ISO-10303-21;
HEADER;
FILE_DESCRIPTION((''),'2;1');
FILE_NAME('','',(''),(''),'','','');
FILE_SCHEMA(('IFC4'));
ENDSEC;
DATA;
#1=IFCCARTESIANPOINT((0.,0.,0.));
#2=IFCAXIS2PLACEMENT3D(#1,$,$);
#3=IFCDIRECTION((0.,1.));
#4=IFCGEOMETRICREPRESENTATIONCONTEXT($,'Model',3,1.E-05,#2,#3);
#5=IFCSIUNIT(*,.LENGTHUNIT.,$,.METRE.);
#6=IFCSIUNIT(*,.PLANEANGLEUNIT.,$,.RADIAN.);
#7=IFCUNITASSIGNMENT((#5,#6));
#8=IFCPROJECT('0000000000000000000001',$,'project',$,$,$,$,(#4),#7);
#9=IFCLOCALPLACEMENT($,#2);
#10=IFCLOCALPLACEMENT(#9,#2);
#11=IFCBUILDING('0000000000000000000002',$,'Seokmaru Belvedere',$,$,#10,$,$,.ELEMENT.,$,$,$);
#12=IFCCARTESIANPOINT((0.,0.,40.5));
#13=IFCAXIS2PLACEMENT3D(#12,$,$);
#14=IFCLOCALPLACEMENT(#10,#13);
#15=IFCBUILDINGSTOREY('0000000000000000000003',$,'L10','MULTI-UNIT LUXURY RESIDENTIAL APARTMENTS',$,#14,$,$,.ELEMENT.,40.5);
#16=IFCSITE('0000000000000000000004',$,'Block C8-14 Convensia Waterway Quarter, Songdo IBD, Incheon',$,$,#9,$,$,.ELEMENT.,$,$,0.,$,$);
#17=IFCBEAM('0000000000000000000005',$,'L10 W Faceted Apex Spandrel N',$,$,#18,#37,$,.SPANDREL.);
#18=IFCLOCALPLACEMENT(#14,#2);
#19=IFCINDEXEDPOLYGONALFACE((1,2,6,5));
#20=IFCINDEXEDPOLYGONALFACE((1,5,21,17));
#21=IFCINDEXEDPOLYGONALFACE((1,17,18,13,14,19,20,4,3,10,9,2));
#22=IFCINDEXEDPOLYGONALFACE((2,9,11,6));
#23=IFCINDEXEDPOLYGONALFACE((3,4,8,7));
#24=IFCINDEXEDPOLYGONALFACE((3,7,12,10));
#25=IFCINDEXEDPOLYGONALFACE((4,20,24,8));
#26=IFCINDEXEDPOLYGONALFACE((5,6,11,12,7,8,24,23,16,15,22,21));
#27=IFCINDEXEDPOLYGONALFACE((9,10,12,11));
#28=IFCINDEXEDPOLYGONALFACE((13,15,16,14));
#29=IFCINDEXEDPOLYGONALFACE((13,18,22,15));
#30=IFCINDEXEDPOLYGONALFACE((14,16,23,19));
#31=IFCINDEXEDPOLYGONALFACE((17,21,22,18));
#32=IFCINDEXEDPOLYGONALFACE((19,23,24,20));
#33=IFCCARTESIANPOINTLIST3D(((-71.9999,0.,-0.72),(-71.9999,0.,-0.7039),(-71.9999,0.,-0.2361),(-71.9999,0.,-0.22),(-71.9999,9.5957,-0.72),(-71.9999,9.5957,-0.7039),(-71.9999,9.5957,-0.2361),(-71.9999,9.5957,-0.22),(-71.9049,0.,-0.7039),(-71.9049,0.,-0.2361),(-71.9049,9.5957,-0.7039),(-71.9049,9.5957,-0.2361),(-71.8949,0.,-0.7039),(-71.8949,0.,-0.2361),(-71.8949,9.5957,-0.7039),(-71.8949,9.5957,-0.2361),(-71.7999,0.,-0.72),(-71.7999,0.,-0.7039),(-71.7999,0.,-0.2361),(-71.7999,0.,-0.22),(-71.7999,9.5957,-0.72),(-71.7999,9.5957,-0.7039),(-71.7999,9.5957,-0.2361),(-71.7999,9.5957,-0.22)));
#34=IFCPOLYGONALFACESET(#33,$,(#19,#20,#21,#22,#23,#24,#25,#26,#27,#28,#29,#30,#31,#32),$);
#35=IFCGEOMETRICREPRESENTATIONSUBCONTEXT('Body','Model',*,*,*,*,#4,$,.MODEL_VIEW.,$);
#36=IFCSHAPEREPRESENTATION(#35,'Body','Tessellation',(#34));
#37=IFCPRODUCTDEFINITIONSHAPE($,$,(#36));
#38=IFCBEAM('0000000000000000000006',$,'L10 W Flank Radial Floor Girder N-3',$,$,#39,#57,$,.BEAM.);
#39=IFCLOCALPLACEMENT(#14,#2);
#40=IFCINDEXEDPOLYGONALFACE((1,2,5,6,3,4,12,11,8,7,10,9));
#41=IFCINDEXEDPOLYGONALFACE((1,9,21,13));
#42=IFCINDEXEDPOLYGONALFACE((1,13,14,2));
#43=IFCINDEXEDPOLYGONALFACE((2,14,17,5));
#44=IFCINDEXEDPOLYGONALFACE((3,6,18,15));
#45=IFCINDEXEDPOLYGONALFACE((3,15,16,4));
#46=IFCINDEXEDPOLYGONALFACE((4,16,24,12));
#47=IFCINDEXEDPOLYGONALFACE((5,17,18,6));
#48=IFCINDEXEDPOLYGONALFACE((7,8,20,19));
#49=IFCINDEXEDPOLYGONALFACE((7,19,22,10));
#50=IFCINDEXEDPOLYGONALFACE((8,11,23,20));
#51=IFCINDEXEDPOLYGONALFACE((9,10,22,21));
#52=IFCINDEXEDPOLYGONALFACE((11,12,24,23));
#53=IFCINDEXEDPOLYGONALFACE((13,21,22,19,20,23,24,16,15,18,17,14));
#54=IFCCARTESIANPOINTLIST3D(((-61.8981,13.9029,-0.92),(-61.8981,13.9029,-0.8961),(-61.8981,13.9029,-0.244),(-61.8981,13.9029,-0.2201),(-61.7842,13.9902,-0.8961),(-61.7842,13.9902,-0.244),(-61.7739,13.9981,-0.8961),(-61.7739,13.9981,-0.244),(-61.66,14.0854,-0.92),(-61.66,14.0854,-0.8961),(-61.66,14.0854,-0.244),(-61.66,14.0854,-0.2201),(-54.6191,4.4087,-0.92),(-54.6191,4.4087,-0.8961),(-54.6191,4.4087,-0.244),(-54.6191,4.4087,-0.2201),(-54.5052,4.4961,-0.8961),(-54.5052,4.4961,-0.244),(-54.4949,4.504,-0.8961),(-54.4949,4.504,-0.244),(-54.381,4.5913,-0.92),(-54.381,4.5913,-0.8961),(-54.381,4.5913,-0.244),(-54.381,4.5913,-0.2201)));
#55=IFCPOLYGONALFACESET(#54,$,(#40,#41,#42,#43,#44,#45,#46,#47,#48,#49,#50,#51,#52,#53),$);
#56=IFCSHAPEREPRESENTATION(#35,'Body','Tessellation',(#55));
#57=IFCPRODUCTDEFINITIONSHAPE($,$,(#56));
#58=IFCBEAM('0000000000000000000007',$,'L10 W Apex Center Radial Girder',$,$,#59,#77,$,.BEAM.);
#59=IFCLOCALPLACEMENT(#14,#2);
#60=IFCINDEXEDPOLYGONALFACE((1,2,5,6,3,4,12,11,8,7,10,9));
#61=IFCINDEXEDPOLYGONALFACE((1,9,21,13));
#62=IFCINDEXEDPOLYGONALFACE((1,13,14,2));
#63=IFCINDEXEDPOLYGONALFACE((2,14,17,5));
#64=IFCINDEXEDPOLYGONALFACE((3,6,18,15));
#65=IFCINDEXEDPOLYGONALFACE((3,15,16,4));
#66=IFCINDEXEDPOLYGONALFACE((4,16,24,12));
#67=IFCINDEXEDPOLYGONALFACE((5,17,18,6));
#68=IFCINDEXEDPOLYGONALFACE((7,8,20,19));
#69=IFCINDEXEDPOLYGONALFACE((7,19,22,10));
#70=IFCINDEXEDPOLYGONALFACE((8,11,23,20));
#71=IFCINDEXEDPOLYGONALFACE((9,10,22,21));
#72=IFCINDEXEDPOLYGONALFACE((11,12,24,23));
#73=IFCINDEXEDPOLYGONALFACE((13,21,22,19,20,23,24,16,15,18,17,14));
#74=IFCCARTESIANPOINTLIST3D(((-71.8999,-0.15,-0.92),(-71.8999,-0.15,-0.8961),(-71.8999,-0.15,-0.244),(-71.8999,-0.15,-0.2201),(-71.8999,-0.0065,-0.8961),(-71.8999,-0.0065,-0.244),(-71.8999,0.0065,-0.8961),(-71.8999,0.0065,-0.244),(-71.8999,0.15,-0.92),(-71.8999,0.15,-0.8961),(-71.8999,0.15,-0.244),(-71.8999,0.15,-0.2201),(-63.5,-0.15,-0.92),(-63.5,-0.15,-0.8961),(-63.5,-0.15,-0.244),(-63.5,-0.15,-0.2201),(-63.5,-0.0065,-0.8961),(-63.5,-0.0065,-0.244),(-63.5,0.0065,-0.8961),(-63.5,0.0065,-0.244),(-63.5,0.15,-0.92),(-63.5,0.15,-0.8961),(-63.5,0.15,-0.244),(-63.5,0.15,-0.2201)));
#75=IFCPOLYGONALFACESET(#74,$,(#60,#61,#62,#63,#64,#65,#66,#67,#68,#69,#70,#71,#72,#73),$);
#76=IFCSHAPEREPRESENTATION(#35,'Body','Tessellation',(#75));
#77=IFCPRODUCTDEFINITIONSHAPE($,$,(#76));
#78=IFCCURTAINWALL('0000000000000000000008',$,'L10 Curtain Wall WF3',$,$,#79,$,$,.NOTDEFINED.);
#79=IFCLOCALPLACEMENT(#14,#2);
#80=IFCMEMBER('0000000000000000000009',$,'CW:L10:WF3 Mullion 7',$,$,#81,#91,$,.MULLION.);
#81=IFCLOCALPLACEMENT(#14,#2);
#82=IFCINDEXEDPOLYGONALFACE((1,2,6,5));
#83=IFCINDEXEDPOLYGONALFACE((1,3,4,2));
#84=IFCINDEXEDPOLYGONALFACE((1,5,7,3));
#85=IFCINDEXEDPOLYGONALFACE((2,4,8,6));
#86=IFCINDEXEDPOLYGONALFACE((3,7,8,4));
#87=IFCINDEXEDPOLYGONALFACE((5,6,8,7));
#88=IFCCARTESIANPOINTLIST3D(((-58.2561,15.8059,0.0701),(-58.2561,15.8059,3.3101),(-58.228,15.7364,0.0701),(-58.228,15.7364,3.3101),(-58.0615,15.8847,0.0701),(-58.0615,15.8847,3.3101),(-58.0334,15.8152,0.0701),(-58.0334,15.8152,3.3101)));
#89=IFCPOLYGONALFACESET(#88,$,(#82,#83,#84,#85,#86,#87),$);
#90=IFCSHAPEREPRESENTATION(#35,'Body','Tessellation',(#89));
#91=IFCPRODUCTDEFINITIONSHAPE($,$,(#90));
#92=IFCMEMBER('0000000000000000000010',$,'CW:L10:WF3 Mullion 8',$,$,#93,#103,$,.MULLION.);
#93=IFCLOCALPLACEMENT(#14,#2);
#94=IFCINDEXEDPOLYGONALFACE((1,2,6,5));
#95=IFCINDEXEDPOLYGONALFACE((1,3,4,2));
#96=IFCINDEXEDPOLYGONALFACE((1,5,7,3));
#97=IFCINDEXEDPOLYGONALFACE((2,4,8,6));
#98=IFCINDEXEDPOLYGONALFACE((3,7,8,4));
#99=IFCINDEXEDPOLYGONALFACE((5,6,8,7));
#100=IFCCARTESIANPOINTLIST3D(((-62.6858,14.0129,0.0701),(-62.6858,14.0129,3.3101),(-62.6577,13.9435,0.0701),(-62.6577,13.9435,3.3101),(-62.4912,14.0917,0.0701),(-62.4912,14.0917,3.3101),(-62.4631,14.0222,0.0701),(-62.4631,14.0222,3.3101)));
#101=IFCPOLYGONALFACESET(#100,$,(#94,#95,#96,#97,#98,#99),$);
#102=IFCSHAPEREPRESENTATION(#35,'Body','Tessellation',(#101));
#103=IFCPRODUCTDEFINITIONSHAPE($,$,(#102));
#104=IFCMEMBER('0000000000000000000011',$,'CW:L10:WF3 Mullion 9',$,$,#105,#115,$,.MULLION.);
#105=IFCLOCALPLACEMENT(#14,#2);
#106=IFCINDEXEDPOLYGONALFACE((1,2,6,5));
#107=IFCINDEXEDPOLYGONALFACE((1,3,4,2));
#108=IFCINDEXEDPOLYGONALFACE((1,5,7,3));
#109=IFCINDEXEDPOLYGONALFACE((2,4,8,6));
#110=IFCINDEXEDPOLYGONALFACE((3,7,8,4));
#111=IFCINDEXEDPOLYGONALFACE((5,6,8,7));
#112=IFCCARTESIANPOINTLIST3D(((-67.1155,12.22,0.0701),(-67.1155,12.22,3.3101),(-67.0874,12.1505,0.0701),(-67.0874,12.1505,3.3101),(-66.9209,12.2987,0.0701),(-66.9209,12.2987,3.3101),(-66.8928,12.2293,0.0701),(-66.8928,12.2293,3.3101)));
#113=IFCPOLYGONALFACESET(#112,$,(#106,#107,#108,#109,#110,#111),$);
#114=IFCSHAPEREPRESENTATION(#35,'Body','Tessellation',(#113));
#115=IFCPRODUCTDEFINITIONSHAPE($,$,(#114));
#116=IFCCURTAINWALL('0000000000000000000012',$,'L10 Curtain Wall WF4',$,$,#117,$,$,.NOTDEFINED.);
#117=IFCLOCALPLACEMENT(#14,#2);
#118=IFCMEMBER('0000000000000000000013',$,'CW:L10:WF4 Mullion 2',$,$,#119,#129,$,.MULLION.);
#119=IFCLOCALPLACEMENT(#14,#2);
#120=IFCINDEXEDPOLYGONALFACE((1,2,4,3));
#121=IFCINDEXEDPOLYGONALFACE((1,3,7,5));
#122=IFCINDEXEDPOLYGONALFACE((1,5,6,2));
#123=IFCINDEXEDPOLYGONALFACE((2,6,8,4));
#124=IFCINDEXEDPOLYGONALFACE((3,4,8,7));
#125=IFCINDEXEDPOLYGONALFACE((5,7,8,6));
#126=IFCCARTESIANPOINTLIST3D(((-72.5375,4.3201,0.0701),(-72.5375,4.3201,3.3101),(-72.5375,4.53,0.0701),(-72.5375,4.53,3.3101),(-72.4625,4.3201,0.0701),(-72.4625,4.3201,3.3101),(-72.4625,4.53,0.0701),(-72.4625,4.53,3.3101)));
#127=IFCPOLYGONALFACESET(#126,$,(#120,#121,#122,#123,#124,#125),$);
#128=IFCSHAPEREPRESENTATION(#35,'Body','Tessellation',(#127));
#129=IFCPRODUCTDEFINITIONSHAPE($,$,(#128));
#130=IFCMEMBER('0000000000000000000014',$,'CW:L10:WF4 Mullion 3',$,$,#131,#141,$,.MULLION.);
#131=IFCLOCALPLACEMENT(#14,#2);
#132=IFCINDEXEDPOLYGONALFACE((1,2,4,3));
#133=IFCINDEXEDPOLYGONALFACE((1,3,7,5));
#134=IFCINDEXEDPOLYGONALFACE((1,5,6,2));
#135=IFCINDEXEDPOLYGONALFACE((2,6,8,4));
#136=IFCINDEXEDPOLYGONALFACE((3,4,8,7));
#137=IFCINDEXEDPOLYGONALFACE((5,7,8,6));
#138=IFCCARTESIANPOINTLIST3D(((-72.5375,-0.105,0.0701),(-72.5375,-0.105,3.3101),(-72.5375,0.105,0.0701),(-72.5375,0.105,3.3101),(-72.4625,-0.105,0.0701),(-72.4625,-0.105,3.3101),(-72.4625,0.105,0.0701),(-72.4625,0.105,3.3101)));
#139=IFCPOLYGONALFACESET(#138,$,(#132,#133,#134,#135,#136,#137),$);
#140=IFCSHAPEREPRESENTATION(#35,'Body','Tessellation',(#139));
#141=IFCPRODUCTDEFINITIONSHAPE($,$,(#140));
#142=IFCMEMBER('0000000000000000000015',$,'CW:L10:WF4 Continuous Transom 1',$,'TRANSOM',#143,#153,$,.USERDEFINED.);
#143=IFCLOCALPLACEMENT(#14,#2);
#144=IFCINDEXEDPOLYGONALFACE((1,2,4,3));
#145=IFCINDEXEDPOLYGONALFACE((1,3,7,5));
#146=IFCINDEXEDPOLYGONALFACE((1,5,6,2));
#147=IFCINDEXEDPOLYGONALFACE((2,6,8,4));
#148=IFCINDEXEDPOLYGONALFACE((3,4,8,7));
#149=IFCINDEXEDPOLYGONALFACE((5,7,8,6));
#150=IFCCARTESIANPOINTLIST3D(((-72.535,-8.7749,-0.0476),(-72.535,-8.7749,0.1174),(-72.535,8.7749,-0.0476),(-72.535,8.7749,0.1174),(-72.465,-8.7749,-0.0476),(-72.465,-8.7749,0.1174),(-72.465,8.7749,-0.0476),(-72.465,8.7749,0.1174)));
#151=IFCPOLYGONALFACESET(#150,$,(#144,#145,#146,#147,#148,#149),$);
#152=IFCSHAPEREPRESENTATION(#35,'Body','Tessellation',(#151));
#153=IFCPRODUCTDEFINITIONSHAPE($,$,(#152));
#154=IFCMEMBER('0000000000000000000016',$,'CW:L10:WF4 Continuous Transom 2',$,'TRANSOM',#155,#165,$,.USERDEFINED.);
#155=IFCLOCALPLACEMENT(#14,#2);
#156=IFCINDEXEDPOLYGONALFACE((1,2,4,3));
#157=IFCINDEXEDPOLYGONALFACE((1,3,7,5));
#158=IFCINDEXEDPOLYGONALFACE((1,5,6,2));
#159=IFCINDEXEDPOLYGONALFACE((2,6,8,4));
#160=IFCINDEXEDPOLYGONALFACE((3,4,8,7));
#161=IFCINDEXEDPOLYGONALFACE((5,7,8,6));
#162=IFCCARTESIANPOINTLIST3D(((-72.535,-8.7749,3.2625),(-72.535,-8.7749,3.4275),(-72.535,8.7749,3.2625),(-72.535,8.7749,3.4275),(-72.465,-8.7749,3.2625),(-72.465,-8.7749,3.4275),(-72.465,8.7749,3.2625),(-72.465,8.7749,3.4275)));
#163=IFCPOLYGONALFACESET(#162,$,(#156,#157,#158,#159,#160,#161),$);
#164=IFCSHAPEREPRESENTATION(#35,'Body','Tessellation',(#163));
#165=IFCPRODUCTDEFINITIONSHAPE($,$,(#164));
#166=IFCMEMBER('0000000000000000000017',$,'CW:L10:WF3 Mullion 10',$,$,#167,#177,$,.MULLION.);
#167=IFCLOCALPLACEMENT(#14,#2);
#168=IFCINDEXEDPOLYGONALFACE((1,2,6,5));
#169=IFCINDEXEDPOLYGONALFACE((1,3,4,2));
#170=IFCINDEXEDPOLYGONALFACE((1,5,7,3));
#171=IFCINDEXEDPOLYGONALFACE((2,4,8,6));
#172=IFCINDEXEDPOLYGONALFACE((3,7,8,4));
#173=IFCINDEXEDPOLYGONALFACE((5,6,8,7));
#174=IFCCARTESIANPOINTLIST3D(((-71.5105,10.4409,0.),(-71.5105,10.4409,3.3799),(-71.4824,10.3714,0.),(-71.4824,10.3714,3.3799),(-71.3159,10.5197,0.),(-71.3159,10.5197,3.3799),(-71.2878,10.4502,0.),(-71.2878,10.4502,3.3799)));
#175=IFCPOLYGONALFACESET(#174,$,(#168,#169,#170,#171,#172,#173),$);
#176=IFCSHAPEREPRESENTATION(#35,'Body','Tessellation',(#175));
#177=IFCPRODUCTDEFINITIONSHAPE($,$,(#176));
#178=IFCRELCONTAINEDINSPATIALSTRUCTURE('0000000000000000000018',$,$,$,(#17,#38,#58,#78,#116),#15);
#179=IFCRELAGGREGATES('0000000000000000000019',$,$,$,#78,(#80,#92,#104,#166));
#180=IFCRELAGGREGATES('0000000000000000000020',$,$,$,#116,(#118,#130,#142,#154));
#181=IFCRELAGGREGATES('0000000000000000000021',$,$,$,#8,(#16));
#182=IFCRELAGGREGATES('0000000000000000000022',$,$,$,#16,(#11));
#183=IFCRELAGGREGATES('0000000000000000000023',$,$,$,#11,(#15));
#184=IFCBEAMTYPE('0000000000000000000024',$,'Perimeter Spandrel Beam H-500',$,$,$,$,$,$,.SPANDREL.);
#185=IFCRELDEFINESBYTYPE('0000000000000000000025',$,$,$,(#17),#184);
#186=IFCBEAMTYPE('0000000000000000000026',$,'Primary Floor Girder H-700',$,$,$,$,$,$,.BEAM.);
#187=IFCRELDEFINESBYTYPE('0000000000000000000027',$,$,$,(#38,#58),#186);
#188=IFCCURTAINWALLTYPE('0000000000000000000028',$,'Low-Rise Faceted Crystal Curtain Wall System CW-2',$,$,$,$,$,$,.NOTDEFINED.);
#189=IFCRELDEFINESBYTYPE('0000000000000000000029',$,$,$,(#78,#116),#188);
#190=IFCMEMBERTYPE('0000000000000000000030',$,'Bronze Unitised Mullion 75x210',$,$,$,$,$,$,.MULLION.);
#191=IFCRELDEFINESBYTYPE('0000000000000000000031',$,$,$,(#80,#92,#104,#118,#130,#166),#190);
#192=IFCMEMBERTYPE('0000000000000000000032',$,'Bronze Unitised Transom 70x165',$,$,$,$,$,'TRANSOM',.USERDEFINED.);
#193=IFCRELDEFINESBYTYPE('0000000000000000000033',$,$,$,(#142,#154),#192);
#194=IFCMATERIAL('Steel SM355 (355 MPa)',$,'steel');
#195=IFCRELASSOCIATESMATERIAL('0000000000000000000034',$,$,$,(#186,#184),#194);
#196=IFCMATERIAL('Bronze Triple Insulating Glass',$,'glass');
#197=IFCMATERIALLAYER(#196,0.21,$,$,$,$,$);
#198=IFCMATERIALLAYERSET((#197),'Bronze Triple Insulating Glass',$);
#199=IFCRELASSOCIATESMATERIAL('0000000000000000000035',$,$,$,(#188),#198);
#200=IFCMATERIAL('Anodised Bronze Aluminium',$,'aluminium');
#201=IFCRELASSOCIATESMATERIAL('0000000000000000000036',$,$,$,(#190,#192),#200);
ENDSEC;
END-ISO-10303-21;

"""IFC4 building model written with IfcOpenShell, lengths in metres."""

from ifc_helpers import new_model, si_unit, direction, frame, origin, origin_2d, place, context, subcontext, project, spatial, rectangle, i_section, extrude, source, transform, mapped, material, layer, layer_set, material_profile, profile_set, type_object, type_shapes, element, aggregate, save


model = new_model("IFC4")

# Units and contexts
model_context = context("Model", 3, precision=1e-05, world=origin(), true_north=direction((0.0, 1.0)))
body_context = subcontext(model_context, "Body", "Model", "MODEL_VIEW")
ifc_project = project(units=[si_unit("LENGTHUNIT", "METRE"), si_unit("PLANEANGLEUNIT", "RADIAN")], contexts=[model_context])

# Site, building, storey
site_placement = place(None, origin())
site = spatial("IfcSite", under=ifc_project, at=site_placement, Name="Block C8-14 Convensia Waterway Quarter, Songdo IBD, Incheon", CompositionType="ELEMENT", RefElevation=0.0)
building_placement = place(site_placement, origin())
building = spatial("IfcBuilding", under=site, at=building_placement, Name="Seokmaru Belvedere", CompositionType="ELEMENT")
storey_placement = place(building_placement, frame((0.0, 0.0, 40.5)))
storey = spatial("IfcBuildingStorey", under=building, at=storey_placement, Name="L10", Description="MULTI-UNIT LUXURY RESIDENTIAL APARTMENTS", CompositionType="ELEMENT", Elevation=40.5)

# Shared definitions
ifc_material_1 = material(Name="Steel SM355 (355 MPa)", Category="steel")

# Beams
ifc_material_profile_1 = material_profile(ifc_material_1, i_section(OverallWidth=0.3, OverallDepth=0.7, WebThickness=0.0129, FlangeThickness=0.0239, at=origin_2d()), Name="H-700x300x13x24")
ifc_profile_set_1 = profile_set([ifc_material_profile_1], Name="Steel SM355 (355 MPa)")
beam_type_1 = type_object("IfcBeamType", Name="Primary Floor Girder H-700", PredefinedType="BEAM", material=ifc_profile_set_1)
ifc_material_profile_2 = material_profile(ifc_material_1, i_section(OverallWidth=0.2, OverallDepth=0.5, WebThickness=0.01, FlangeThickness=0.0161, at=origin_2d()), Name="H-500x200x10x16")
ifc_profile_set_2 = profile_set([ifc_material_profile_2], Name="Steel SM355 (355 MPa)")
beam_type_2 = type_object("IfcBeamType", Name="Perimeter Spandrel Beam H-500", PredefinedType="SPANDREL", material=ifc_profile_set_2)
shared_shape_1 = source(origin(), body_context, "Body", "SweptSolid", [
    extrude(i_section(OverallWidth=0.2, OverallDepth=0.5, WebThickness=0.01, FlangeThickness=0.0161, at=origin_2d()), origin(), (0.0, 0.0, 1.0), 9.5957),
])
beam_1_placement = place(storey_placement, frame((-71.8999, 0.0, -0.47), z_axis=(0.0, 1.0, 0.0), x_axis=(-1.0, 0.0, 0.0)))
element("IfcBeam", 1, at=beam_1_placement, inside=storey, type_object=beam_type_2, Name="L10 W Faceted Apex Spandrel N", PredefinedType="SPANDREL", context=body_context, shape_type="MappedRepresentation", body=[
    mapped(shared_shape_1, transform((0.0, 0.0, 0.0), scale=1.0)),
])
shared_shape_2 = source(origin(), body_context, "Body", "SweptSolid", [
    extrude(i_section(OverallWidth=0.3, OverallDepth=0.7, WebThickness=0.0129, FlangeThickness=0.0239, at=origin_2d()), origin(), (0.0, 0.0, 1.0), 11.9634),
])
beam_2_placement = place(storey_placement, frame((-61.7791, 13.9941, -0.5701), z_axis=(0.608443, -0.793598, 0.0), x_axis=(0.793598, 0.608443, 0.0)))
element("IfcBeam", 2, at=beam_2_placement, inside=storey, type_object=beam_type_1, Name="L10 W Flank Radial Floor Girder N-3", PredefinedType="BEAM", context=body_context, shape_type="MappedRepresentation", body=[
    mapped(shared_shape_2, transform((0.0, 0.0, 0.0), scale=1.0)),
])
shared_shape_3 = source(origin(), body_context, "Body", "SweptSolid", [
    extrude(i_section(OverallWidth=0.3, OverallDepth=0.7, WebThickness=0.0129, FlangeThickness=0.0239, at=origin_2d()), origin(), (0.0, 0.0, 1.0), 8.3999),
])
beam_3_placement = place(storey_placement, frame((-71.8999, 0.0, -0.5701), z_axis=(1.0, 0.0, 0.0), x_axis=(0.0, 1.0, 0.0)))
element("IfcBeam", 3, at=beam_3_placement, inside=storey, type_object=beam_type_1, Name="L10 W Apex Center Radial Girder", PredefinedType="BEAM", context=body_context, shape_type="MappedRepresentation", body=[
    mapped(shared_shape_3, transform((0.0, 0.0, 0.0), scale=1.0)),
])

# Curtain walls, members
ifc_material_2 = material(Name="Bronze Triple Insulating Glass", Category="glass")
ifc_layer_1 = layer(ifc_material_2, 0.21)
ifc_layer_set_1 = layer_set([ifc_layer_1], Name="Bronze Triple Insulating Glass")
curtain_wall_type = type_object("IfcCurtainWallType", Name="Low-Rise Faceted Crystal Curtain Wall System CW-2", PredefinedType="NOTDEFINED", material=ifc_layer_set_1)
curtain_wall_1_placement = place(storey_placement, origin())
curtain_wall_1 = element("IfcCurtainWall", 4, at=curtain_wall_1_placement, inside=storey, type_object=curtain_wall_type, Name="L10 Curtain Wall WF3", PredefinedType="NOTDEFINED")
ifc_material_3 = material(Name="Anodised Bronze Aluminium", Category="aluminium")
ifc_material_profile_3 = material_profile(ifc_material_3, rectangle(XDim=0.075, YDim=0.21, at=origin_2d()), Name="CW-M-75x210")
ifc_profile_set_3 = profile_set([ifc_material_profile_3], Name="Anodised Bronze Aluminium")
member_type_1 = type_object("IfcMemberType", Name="Bronze Unitised Mullion 75x210", PredefinedType="MULLION", material=ifc_profile_set_3)
shared_shape_4 = source(origin(), body_context, "Body", "SweptSolid", [
    extrude(rectangle(XDim=0.075, YDim=0.21, at=origin_2d()), origin(), (0.0, 0.0, 1.0), 3.24),
])
member_1_placement = place(storey_placement, frame((-58.1448, 15.8105, 0.0701), z_axis=(0.0, 0.0, 1.0), x_axis=(0.375192, -0.926947, 0.0)))
member_1 = element("IfcMember", 5, at=member_1_placement, type_object=member_type_1, Name="CW:L10:WF3 Mullion 7", PredefinedType="MULLION", context=body_context, shape_type="MappedRepresentation", body=[
    mapped(shared_shape_4, transform((0.0, 0.0, 0.0), scale=1.0)),
])
member_2_placement = place(storey_placement, frame((-62.5745, 14.0176, 0.0701), z_axis=(0.0, 0.0, 1.0), x_axis=(0.375192, -0.926947, 0.0)))
member_2 = element("IfcMember", 6, at=member_2_placement, type_object=member_type_1, Name="CW:L10:WF3 Mullion 8", PredefinedType="MULLION", context=body_context, shape_type="MappedRepresentation", body=[
    mapped(shared_shape_4, transform((0.0, 0.0, 0.0), scale=1.0)),
])
member_3_placement = place(storey_placement, frame((-67.0042, 12.2246, 0.0701), z_axis=(0.0, 0.0, 1.0), x_axis=(0.375192, -0.926947, 0.0)))
member_3 = element("IfcMember", 7, at=member_3_placement, type_object=member_type_1, Name="CW:L10:WF3 Mullion 9", PredefinedType="MULLION", context=body_context, shape_type="MappedRepresentation", body=[
    mapped(shared_shape_4, transform((0.0, 0.0, 0.0), scale=1.0)),
])
curtain_wall_2_placement = place(storey_placement, origin())
curtain_wall_2 = element("IfcCurtainWall", 8, at=curtain_wall_2_placement, inside=storey, type_object=curtain_wall_type, Name="L10 Curtain Wall WF4", PredefinedType="NOTDEFINED")
member_4_placement = place(storey_placement, frame((-72.5, 4.425, 0.0701), z_axis=(0.0, 0.0, 1.0), x_axis=(1.0, 0.0, 0.0)))
member_4 = element("IfcMember", 9, at=member_4_placement, type_object=member_type_1, Name="CW:L10:WF4 Mullion 2", PredefinedType="MULLION", context=body_context, shape_type="MappedRepresentation", body=[
    mapped(shared_shape_4, transform((0.0, 0.0, 0.0), scale=1.0)),
])
member_5_placement = place(storey_placement, frame((-72.5, 0.0, 0.0701), z_axis=(0.0, 0.0, 1.0), x_axis=(1.0, 0.0, 0.0)))
member_5 = element("IfcMember", 10, at=member_5_placement, type_object=member_type_1, Name="CW:L10:WF4 Mullion 3", PredefinedType="MULLION", context=body_context, shape_type="MappedRepresentation", body=[
    mapped(shared_shape_4, transform((0.0, 0.0, 0.0), scale=1.0)),
])
ifc_material_profile_4 = material_profile(ifc_material_3, rectangle(XDim=0.0701, YDim=0.165, at=origin_2d()), Name="CW-T-70x165")
ifc_profile_set_4 = profile_set([ifc_material_profile_4], Name="Anodised Bronze Aluminium")
member_type_2 = type_object("IfcMemberType", Name="Bronze Unitised Transom 70x165", ElementType="TRANSOM", PredefinedType="USERDEFINED", material=ifc_profile_set_4)
shared_shape_5 = source(origin(), body_context, "Body", "SweptSolid", [
    extrude(rectangle(XDim=0.0701, YDim=0.165, at=origin_2d()), origin(), (0.0, 0.0, 1.0), 17.5498),
])
type_shapes(member_type_2, [shared_shape_5])
member_6_placement = place(storey_placement, frame((-72.5, 8.7749, 0.0349), z_axis=(0.0, -1.0, 0.0), x_axis=(1.0, 0.0, 0.0)))
member_6 = element("IfcMember", 11, at=member_6_placement, type_object=member_type_2, Name="CW:L10:WF4 Continuous Transom 1", ObjectType="TRANSOM", PredefinedType="USERDEFINED", context=body_context, shape_type="MappedRepresentation", body=[
    mapped(shared_shape_5, transform((0.0, 0.0, 0.0), scale=1.0)),
])
member_7_placement = place(storey_placement, frame((-72.5, 8.7749, 3.345), z_axis=(0.0, -1.0, 0.0), x_axis=(1.0, 0.0, 0.0)))
member_7 = element("IfcMember", 12, at=member_7_placement, type_object=member_type_2, Name="CW:L10:WF4 Continuous Transom 2", ObjectType="TRANSOM", PredefinedType="USERDEFINED", context=body_context, shape_type="MappedRepresentation", body=[
    mapped(shared_shape_5, transform((0.0, 0.0, 0.0), scale=1.0)),
])

# Member
shared_shape_6 = source(origin(), body_context, "Body", "SweptSolid", [
    extrude(rectangle(XDim=0.075, YDim=0.21, at=origin_2d()), origin(), (0.0, 0.0, 1.0), 3.3799),
])
type_shapes(member_type_1, [shared_shape_4, shared_shape_6])
member_8_placement = place(storey_placement, frame((-71.3992, 10.4456, 0.0), z_axis=(0.0, 0.0, 1.0), x_axis=(0.375192, -0.926947, 0.0)))
member_8 = element("IfcMember", 13, at=member_8_placement, type_object=member_type_1, Name="CW:L10:WF3 Mullion 10", PredefinedType="MULLION", context=body_context, shape_type="MappedRepresentation", body=[
    mapped(shared_shape_6, transform((0.0, 0.0, 0.0), scale=1.0)),
])

aggregate(curtain_wall_1, [member_1, member_2, member_3, member_8])
aggregate(curtain_wall_2, [member_4, member_5, member_6, member_7])

save(model, "model.ifc")
